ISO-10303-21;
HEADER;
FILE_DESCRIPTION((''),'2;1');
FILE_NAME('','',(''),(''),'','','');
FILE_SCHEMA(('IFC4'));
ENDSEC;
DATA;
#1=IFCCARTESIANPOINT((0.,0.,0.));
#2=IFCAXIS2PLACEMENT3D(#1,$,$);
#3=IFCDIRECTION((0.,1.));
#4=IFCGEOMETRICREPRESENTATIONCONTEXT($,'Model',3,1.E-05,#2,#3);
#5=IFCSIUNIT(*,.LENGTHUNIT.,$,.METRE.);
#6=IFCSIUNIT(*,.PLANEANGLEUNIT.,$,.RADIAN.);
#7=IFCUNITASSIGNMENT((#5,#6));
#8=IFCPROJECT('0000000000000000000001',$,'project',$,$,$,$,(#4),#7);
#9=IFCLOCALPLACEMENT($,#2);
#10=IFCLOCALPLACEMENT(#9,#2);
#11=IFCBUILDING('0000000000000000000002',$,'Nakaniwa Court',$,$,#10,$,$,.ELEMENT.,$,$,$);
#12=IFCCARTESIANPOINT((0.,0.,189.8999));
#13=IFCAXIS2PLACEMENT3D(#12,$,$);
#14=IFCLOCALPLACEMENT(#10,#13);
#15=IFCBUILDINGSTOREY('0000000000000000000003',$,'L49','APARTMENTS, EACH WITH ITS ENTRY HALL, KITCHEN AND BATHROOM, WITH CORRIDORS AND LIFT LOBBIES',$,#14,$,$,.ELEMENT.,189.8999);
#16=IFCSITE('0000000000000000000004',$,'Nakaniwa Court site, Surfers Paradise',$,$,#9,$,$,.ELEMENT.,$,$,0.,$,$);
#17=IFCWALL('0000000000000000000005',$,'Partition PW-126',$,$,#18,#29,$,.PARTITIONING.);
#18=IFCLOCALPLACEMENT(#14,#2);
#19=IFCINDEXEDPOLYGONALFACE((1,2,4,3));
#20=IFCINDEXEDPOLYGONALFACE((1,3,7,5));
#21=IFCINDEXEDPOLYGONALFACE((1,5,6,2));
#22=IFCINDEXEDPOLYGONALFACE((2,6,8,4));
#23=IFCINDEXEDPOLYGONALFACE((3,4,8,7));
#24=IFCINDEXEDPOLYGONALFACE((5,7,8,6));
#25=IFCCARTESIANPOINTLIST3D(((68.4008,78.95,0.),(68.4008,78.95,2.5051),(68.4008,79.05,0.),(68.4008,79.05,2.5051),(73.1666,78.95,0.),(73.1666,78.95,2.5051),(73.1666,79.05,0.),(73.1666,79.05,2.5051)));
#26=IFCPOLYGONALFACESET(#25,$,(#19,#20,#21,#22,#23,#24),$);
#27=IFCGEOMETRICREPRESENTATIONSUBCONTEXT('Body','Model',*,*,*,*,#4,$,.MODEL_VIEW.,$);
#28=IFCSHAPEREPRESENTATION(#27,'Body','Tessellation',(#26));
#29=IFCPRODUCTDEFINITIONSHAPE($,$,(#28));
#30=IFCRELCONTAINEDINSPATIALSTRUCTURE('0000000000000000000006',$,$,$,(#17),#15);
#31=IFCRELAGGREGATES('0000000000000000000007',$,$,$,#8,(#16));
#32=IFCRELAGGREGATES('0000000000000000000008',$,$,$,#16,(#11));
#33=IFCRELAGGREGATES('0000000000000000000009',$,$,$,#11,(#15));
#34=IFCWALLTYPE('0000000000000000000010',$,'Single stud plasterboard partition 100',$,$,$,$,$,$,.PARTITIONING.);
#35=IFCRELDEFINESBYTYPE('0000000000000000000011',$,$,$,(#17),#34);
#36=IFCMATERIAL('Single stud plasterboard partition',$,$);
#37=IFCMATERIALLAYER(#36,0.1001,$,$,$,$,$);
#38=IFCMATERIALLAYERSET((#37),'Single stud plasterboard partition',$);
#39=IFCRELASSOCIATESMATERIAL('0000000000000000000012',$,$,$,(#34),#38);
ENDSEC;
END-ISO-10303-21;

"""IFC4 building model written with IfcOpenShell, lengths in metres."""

from ifc_helpers import new_model, si_unit, direction, frame, frame_2d, origin, place, context, subcontext, project, spatial, rectangle, extrude, material, layer, layer_set, type_object, element, save


model = new_model("IFC4")

# Units and contexts
model_context = context("Model", 3, precision=1e-05, world=origin(), true_north=direction((0.0, 1.0)))
body_context = subcontext(model_context, "Body", "Model", "MODEL_VIEW")
ifc_project = project(units=[si_unit("LENGTHUNIT", "METRE"), si_unit("PLANEANGLEUNIT", "RADIAN")], contexts=[model_context])

# Site, building, storey
site_placement = place(None, origin())
site = spatial("IfcSite", under=ifc_project, at=site_placement, Name="Nakaniwa Court site, Surfers Paradise", CompositionType="ELEMENT", RefElevation=0.0)
building_placement = place(site_placement, origin())
building = spatial("IfcBuilding", under=site, at=building_placement, Name="Nakaniwa Court", CompositionType="ELEMENT")
storey_placement = place(building_placement, frame((0.0, 0.0, 189.8999)))
storey = spatial("IfcBuildingStorey", under=building, at=storey_placement, Name="L49", Description="APARTMENTS, EACH WITH ITS ENTRY HALL, KITCHEN AND BATHROOM, WITH CORRIDORS AND LIFT LOBBIES", CompositionType="ELEMENT", Elevation=189.8999)

# Wall
ifc_material_1 = material(Name="Single stud plasterboard partition")
ifc_layer_1 = layer(ifc_material_1, 0.1001)
ifc_layer_set_1 = layer_set([ifc_layer_1], Name="Single stud plasterboard partition")
wall_type_1 = type_object("IfcWallType", Name="Single stud plasterboard partition 100", PredefinedType="PARTITIONING", material=ifc_layer_set_1)
wall_1_placement = place(storey_placement, frame((68.4009, 79.0, 0.0), z_axis=(0.0, 0.0, 1.0), x_axis=(1.0, 0.0, 0.0)))
element("IfcWall", 1, at=wall_1_placement, inside=storey, type_object=wall_type_1, Name="Partition PW-126", PredefinedType="PARTITIONING", context=body_context, shape_type="SweptSolid", body=[
    extrude(rectangle(XDim=4.7659, YDim=0.1001, at=frame_2d((2.3828, 0.0))), origin(), (0.0, 0.0, 1.0), 2.5051),
])

save(model, "model.ifc")
